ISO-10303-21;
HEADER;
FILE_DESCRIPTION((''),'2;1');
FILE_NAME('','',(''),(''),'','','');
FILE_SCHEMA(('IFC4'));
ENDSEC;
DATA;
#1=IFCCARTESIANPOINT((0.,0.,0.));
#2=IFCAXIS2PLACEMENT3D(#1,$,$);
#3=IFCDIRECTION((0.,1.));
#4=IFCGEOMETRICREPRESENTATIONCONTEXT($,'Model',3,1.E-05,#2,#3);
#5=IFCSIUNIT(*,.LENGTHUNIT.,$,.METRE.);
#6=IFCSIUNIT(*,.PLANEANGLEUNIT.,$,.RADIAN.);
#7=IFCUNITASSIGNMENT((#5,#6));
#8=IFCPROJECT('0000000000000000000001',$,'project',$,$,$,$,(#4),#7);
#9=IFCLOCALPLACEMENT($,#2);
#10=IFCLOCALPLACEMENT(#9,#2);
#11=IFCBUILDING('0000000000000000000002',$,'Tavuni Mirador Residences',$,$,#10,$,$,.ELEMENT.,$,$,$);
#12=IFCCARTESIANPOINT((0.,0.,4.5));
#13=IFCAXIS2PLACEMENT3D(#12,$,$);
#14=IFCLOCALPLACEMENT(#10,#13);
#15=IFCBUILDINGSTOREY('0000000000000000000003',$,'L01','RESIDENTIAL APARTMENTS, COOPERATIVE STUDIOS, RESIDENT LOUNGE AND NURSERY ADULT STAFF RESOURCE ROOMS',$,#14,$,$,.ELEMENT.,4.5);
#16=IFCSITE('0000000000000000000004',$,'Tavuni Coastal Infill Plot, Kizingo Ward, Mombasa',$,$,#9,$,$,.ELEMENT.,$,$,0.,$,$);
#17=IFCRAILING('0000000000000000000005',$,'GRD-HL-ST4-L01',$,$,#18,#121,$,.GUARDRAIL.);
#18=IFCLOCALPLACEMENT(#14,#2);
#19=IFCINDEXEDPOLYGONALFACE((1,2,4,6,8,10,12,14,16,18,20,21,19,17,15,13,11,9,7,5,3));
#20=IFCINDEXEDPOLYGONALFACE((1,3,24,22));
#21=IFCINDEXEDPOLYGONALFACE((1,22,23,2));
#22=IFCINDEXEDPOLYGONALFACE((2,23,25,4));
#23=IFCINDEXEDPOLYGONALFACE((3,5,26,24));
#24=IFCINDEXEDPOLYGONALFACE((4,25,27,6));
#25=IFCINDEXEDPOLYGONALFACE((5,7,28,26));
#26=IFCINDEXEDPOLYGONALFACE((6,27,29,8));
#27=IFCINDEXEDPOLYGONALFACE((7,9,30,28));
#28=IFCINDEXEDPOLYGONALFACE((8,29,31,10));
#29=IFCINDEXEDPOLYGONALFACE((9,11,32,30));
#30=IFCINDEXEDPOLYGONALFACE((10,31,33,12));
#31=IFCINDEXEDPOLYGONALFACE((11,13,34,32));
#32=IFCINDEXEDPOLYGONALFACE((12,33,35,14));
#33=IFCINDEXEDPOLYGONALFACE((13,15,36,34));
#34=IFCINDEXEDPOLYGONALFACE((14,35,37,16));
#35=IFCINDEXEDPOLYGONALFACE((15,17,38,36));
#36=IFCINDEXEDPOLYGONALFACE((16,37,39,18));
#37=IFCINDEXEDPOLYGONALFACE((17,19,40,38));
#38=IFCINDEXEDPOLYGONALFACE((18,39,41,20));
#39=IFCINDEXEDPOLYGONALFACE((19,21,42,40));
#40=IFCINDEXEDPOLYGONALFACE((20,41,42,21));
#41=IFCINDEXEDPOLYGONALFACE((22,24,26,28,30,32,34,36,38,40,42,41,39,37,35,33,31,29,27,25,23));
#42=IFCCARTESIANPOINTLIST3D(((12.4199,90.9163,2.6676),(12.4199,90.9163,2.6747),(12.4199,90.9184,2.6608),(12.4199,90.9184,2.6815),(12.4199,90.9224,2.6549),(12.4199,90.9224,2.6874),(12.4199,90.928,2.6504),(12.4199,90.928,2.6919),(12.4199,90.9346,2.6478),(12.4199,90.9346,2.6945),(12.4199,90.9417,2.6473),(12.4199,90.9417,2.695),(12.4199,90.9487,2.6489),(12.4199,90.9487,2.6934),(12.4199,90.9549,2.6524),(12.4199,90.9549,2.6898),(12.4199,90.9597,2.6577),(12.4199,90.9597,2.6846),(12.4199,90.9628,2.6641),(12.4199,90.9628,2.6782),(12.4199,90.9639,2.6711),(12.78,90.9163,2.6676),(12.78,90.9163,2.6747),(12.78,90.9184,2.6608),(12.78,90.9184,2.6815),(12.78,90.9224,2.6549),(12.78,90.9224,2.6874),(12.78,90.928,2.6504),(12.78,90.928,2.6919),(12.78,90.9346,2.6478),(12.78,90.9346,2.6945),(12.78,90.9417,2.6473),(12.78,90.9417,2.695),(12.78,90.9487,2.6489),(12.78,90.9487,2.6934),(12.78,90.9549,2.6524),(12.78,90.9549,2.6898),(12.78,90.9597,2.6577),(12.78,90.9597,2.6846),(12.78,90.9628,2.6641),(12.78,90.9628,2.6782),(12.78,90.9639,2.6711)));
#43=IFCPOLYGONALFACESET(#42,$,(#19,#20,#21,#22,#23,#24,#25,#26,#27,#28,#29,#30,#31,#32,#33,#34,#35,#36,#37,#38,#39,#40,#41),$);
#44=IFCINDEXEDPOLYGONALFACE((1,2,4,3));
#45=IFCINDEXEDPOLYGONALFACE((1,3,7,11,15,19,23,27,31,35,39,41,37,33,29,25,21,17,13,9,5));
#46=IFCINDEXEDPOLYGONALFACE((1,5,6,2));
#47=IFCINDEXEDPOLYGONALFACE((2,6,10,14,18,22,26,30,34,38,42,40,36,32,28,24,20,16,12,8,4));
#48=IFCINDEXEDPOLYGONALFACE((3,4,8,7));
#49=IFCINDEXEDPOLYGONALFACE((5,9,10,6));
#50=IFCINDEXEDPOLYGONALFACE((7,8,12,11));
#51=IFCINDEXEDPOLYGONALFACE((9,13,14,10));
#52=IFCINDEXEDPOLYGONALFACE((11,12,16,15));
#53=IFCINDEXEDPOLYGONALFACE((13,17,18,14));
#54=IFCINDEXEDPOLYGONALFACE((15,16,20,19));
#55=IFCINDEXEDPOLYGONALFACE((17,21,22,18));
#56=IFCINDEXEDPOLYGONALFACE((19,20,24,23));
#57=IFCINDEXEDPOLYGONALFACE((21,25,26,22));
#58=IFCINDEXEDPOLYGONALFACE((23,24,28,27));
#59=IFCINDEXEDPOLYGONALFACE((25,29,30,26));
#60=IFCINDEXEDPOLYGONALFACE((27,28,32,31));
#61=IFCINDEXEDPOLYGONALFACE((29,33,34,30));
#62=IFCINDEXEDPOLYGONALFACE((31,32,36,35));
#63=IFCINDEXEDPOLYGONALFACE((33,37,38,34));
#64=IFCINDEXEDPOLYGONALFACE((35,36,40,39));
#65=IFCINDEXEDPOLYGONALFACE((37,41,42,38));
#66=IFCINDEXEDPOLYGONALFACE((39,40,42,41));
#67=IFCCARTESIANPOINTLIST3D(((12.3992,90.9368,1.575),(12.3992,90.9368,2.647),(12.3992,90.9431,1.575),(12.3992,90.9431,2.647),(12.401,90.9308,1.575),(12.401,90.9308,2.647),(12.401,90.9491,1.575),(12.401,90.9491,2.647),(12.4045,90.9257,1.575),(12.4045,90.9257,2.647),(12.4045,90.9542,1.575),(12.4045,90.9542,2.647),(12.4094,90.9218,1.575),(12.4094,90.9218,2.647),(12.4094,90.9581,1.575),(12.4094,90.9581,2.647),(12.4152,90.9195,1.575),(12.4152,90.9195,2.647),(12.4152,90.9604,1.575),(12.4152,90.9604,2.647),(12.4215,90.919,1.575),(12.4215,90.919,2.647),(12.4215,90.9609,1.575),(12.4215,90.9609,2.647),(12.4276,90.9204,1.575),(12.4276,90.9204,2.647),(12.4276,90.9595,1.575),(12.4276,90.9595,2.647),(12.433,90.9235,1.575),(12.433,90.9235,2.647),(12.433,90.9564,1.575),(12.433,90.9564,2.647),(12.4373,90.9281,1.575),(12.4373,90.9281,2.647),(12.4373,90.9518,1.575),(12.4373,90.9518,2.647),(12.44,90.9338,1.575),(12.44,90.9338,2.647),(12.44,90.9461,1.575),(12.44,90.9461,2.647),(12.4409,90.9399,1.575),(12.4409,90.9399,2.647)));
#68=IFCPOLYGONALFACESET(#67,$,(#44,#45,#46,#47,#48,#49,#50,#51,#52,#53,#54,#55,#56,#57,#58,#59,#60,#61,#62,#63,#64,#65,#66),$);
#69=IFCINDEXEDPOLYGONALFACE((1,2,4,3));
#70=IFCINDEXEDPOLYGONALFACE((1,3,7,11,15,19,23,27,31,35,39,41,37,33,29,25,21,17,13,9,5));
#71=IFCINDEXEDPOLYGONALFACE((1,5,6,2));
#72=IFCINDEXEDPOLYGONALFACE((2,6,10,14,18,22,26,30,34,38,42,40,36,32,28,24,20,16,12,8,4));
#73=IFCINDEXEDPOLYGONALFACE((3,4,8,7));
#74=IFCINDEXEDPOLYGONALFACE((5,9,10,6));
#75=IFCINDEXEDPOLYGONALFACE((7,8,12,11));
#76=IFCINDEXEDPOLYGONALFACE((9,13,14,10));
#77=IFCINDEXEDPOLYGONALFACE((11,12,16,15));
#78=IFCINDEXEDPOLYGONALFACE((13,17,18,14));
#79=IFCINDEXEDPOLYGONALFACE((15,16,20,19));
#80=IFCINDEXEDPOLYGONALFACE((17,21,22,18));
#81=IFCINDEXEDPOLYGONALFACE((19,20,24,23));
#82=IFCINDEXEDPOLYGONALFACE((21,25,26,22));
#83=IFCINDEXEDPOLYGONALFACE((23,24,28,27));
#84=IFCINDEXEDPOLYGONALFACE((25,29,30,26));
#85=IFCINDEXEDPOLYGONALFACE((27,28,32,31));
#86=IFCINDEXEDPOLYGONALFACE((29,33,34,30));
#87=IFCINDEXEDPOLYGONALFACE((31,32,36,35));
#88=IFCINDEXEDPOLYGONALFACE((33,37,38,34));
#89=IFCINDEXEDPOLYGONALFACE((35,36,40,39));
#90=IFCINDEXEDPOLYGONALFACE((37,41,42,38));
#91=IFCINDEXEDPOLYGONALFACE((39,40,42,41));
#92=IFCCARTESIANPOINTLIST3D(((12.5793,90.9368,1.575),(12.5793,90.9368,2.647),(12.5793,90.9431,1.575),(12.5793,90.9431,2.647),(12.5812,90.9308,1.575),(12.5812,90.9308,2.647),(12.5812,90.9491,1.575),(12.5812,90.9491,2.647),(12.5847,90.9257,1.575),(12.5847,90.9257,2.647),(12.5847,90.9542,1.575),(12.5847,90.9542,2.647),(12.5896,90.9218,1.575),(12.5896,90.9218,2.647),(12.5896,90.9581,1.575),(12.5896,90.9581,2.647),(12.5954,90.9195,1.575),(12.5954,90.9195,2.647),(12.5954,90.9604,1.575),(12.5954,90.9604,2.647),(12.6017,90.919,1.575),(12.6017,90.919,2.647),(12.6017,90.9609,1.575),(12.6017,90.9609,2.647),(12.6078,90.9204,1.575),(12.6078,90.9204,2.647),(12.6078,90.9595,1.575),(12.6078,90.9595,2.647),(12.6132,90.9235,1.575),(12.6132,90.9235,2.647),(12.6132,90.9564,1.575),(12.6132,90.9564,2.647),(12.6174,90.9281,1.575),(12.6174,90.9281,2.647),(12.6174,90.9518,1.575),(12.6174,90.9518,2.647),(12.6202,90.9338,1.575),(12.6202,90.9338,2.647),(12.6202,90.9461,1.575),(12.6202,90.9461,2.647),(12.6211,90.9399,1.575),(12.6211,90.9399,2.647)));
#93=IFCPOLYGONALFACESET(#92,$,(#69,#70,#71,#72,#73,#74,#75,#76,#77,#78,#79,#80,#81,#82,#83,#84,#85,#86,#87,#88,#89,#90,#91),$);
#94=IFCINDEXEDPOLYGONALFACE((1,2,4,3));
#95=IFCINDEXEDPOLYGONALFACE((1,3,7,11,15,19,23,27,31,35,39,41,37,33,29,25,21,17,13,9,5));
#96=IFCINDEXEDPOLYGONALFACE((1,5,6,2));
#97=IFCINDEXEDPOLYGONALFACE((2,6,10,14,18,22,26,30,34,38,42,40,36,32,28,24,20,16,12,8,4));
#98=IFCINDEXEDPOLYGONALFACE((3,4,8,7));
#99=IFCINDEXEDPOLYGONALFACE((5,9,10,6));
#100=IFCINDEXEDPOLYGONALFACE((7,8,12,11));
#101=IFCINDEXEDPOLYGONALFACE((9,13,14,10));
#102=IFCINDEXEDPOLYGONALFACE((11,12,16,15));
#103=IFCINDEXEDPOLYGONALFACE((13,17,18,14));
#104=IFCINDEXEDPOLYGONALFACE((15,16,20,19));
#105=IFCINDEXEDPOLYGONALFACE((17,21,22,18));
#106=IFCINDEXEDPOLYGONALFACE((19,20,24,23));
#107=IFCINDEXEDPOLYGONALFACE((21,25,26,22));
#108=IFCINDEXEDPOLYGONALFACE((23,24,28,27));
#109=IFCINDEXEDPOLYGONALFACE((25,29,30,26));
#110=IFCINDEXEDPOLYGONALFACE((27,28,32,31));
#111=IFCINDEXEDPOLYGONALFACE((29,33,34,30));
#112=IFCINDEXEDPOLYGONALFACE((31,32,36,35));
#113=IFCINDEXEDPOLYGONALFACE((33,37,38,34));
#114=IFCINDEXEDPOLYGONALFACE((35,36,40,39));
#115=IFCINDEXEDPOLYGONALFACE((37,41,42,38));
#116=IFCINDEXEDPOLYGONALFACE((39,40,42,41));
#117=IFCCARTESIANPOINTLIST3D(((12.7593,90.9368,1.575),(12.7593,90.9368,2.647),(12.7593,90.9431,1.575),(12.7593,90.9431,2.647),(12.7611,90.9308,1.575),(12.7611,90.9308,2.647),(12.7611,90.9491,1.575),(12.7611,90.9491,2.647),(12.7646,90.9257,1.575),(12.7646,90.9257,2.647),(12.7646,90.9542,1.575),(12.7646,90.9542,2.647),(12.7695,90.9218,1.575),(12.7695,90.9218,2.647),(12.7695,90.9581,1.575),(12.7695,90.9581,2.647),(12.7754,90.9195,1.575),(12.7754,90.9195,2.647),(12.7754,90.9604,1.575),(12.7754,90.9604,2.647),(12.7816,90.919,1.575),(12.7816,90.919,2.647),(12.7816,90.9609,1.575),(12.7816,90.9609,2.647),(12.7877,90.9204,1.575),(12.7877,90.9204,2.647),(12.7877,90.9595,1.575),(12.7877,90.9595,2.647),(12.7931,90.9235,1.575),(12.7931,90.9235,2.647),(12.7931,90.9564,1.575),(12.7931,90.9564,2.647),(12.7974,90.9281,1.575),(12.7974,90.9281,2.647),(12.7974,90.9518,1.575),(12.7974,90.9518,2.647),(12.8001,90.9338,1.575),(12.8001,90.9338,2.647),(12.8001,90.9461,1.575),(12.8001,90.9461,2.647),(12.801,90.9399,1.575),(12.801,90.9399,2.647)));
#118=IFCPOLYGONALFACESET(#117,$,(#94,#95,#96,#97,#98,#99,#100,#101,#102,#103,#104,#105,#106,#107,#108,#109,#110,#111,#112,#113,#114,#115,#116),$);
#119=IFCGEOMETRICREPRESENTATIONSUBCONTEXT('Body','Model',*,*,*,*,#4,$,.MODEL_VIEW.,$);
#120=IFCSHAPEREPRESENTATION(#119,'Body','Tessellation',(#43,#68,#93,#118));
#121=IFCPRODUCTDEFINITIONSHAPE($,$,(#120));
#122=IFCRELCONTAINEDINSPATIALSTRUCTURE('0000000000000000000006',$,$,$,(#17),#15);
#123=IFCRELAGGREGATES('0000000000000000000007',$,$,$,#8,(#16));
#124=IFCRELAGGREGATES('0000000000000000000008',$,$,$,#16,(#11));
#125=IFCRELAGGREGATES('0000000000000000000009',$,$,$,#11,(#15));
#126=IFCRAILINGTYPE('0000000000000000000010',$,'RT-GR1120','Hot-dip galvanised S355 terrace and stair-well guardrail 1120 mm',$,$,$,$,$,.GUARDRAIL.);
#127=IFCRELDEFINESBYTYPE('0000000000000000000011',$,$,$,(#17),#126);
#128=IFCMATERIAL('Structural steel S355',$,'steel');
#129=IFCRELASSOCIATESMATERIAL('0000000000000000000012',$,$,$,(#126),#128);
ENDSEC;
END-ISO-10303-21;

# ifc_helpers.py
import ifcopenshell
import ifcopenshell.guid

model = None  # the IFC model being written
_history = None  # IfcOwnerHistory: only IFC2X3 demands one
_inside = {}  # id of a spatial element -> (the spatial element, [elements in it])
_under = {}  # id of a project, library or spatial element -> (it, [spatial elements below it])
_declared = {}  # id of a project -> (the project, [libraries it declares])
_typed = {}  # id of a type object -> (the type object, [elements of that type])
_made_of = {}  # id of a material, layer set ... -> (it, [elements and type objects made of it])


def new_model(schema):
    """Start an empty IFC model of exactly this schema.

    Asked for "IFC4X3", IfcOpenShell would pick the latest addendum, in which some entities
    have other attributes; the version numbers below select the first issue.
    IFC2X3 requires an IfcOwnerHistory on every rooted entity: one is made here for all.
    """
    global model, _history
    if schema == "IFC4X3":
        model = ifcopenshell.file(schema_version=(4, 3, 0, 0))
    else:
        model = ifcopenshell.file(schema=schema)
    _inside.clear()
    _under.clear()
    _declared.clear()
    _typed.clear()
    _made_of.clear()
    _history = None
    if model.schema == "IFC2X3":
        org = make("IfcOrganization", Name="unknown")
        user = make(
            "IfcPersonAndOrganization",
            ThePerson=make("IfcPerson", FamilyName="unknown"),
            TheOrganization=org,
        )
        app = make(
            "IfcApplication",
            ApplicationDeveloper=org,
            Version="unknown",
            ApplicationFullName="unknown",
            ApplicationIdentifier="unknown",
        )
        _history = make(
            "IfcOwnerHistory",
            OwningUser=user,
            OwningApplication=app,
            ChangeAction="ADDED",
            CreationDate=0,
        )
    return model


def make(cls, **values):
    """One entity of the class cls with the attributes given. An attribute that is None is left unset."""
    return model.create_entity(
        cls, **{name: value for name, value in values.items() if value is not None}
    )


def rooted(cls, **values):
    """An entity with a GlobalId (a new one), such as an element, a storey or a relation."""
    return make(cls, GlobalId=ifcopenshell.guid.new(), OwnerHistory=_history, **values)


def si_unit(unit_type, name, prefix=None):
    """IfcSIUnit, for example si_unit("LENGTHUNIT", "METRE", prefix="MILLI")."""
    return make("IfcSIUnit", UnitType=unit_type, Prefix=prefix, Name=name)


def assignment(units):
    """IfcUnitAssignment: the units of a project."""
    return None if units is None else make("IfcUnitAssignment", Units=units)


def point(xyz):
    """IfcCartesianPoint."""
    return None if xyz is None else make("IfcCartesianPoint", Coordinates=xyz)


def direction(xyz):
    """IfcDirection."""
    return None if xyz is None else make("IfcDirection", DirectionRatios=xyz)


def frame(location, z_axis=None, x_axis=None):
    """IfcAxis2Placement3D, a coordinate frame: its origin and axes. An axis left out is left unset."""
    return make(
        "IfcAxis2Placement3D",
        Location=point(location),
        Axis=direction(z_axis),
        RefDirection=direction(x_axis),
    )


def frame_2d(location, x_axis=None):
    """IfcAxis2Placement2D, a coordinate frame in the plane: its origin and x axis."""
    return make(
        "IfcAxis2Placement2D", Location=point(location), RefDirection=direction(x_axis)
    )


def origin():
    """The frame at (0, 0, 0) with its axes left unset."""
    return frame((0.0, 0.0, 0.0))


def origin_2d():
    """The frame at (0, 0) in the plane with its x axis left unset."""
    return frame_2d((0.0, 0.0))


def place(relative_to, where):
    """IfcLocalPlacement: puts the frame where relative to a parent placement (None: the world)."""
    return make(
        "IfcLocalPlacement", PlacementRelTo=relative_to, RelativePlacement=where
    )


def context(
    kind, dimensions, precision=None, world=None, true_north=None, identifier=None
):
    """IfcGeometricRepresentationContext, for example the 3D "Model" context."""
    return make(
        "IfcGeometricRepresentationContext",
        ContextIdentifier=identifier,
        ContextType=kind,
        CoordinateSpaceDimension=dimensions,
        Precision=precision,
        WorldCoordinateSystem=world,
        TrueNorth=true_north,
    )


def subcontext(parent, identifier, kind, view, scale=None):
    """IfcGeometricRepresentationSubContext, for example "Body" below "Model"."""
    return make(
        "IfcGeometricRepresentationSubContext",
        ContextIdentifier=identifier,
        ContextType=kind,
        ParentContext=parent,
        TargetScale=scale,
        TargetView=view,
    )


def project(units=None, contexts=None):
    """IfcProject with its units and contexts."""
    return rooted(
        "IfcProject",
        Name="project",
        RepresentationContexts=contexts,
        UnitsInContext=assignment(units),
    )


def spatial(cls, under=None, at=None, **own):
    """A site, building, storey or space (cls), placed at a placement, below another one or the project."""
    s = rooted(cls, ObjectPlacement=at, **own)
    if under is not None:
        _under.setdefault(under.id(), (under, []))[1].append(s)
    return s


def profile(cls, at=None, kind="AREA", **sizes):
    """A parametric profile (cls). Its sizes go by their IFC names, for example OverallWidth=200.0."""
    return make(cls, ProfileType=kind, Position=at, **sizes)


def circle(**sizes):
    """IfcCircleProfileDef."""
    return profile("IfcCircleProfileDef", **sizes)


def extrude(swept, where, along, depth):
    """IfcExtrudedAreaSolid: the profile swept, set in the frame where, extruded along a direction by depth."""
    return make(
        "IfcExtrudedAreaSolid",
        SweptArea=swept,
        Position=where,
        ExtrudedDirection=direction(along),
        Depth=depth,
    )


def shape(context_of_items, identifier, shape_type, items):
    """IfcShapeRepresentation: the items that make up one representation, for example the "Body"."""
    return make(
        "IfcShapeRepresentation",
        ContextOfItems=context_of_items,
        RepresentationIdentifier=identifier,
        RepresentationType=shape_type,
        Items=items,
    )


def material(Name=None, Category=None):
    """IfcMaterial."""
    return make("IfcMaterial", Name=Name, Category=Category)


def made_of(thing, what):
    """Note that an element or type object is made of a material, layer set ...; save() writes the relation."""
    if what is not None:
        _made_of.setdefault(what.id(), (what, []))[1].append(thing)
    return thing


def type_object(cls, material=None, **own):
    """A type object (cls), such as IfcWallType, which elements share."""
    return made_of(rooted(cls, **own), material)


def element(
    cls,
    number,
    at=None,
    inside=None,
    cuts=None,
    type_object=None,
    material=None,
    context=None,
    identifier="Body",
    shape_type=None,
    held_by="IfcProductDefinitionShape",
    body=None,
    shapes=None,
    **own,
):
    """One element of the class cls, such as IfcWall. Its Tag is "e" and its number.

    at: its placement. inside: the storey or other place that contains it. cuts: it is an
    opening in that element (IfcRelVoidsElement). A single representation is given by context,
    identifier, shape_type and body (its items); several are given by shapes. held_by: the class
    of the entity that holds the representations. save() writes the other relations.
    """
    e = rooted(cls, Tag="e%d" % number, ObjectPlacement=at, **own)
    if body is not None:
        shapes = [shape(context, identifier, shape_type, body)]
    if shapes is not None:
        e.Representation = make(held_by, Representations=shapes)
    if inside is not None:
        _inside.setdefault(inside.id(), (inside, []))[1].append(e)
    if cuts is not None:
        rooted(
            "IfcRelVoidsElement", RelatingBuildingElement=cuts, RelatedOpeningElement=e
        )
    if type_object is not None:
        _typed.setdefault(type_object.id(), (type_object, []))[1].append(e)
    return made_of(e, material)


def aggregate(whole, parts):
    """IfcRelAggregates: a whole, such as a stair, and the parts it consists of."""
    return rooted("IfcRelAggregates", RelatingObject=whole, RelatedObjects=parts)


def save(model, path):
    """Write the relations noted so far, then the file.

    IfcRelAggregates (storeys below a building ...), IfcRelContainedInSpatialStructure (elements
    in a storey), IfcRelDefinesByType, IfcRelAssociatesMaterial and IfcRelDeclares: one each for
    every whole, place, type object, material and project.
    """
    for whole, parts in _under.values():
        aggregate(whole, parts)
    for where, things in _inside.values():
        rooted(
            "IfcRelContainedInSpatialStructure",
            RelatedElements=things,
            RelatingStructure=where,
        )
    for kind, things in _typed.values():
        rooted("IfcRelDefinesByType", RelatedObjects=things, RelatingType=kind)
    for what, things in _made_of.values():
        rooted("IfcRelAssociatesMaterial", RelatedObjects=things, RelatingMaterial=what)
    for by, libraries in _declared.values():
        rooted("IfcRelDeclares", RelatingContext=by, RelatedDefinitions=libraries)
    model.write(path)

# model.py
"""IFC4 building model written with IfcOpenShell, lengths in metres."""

from ifc_helpers import new_model, si_unit, direction, frame, origin, origin_2d, place, context, subcontext, project, spatial, circle, extrude, material, type_object, element, save


model = new_model("IFC4")

# Units and contexts
model_context = context("Model", 3, precision=1e-05, world=origin(), true_north=direction((0.0, 1.0)))
body_context = subcontext(model_context, "Body", "Model", "MODEL_VIEW")
ifc_project = project(units=[si_unit("LENGTHUNIT", "METRE"), si_unit("PLANEANGLEUNIT", "RADIAN")], contexts=[model_context])

# Site, building, storey
site_placement = place(None, origin())
site = spatial("IfcSite", under=ifc_project, at=site_placement, Name="Tavuni Coastal Infill Plot, Kizingo Ward, Mombasa", CompositionType="ELEMENT", RefElevation=0.0)
building_placement = place(site_placement, origin())
building = spatial("IfcBuilding", under=site, at=building_placement, Name="Tavuni Mirador Residences", CompositionType="ELEMENT")
storey_placement = place(building_placement, frame((0.0, 0.0, 4.5)))
storey = spatial("IfcBuildingStorey", under=building, at=storey_placement, Name="L01", Description="RESIDENTIAL APARTMENTS, COOPERATIVE STUDIOS, RESIDENT LOUNGE AND NURSERY ADULT STAFF RESOURCE ROOMS", CompositionType="ELEMENT", Elevation=4.5)

# Shared definitions
ifc_material_1 = material(Name="Structural steel S355", Category="steel")

# Railing
railing_type_1 = type_object("IfcRailingType", Name="RT-GR1120", Description="Hot-dip galvanised S355 terrace and stair-well guardrail 1120 mm", PredefinedType="GUARDRAIL", material=ifc_material_1)
railing_1_placement = place(storey_placement, frame((12.4199, 90.9399, 1.575)))
element("IfcRailing", 1, at=railing_1_placement, inside=storey, type_object=railing_type_1, Name="GRD-HL-ST4-L01", PredefinedType="GUARDRAIL", context=body_context, shape_type="SweptSolid", body=[
    extrude(circle(Radius=0.0239, at=origin_2d()), frame((0.0, 0.0, 1.0962), z_axis=(1.0, 0.0, 0.0), x_axis=(0.0, 1.0, 0.0)), (0.0, 0.0, 1.0), 0.3601),
    extrude(circle(Radius=0.021, at=origin_2d()), origin(), (0.0, 0.0, 1.0), 1.072),
    extrude(circle(Radius=0.021, at=origin_2d()), frame((0.1802, 0.0, 0.0)), (0.0, 0.0, 1.0), 1.072),
    extrude(circle(Radius=0.021, at=origin_2d()), frame((0.3601, 0.0, 0.0)), (0.0, 0.0, 1.0), 1.072),
])

save(model, "model.ifc")
